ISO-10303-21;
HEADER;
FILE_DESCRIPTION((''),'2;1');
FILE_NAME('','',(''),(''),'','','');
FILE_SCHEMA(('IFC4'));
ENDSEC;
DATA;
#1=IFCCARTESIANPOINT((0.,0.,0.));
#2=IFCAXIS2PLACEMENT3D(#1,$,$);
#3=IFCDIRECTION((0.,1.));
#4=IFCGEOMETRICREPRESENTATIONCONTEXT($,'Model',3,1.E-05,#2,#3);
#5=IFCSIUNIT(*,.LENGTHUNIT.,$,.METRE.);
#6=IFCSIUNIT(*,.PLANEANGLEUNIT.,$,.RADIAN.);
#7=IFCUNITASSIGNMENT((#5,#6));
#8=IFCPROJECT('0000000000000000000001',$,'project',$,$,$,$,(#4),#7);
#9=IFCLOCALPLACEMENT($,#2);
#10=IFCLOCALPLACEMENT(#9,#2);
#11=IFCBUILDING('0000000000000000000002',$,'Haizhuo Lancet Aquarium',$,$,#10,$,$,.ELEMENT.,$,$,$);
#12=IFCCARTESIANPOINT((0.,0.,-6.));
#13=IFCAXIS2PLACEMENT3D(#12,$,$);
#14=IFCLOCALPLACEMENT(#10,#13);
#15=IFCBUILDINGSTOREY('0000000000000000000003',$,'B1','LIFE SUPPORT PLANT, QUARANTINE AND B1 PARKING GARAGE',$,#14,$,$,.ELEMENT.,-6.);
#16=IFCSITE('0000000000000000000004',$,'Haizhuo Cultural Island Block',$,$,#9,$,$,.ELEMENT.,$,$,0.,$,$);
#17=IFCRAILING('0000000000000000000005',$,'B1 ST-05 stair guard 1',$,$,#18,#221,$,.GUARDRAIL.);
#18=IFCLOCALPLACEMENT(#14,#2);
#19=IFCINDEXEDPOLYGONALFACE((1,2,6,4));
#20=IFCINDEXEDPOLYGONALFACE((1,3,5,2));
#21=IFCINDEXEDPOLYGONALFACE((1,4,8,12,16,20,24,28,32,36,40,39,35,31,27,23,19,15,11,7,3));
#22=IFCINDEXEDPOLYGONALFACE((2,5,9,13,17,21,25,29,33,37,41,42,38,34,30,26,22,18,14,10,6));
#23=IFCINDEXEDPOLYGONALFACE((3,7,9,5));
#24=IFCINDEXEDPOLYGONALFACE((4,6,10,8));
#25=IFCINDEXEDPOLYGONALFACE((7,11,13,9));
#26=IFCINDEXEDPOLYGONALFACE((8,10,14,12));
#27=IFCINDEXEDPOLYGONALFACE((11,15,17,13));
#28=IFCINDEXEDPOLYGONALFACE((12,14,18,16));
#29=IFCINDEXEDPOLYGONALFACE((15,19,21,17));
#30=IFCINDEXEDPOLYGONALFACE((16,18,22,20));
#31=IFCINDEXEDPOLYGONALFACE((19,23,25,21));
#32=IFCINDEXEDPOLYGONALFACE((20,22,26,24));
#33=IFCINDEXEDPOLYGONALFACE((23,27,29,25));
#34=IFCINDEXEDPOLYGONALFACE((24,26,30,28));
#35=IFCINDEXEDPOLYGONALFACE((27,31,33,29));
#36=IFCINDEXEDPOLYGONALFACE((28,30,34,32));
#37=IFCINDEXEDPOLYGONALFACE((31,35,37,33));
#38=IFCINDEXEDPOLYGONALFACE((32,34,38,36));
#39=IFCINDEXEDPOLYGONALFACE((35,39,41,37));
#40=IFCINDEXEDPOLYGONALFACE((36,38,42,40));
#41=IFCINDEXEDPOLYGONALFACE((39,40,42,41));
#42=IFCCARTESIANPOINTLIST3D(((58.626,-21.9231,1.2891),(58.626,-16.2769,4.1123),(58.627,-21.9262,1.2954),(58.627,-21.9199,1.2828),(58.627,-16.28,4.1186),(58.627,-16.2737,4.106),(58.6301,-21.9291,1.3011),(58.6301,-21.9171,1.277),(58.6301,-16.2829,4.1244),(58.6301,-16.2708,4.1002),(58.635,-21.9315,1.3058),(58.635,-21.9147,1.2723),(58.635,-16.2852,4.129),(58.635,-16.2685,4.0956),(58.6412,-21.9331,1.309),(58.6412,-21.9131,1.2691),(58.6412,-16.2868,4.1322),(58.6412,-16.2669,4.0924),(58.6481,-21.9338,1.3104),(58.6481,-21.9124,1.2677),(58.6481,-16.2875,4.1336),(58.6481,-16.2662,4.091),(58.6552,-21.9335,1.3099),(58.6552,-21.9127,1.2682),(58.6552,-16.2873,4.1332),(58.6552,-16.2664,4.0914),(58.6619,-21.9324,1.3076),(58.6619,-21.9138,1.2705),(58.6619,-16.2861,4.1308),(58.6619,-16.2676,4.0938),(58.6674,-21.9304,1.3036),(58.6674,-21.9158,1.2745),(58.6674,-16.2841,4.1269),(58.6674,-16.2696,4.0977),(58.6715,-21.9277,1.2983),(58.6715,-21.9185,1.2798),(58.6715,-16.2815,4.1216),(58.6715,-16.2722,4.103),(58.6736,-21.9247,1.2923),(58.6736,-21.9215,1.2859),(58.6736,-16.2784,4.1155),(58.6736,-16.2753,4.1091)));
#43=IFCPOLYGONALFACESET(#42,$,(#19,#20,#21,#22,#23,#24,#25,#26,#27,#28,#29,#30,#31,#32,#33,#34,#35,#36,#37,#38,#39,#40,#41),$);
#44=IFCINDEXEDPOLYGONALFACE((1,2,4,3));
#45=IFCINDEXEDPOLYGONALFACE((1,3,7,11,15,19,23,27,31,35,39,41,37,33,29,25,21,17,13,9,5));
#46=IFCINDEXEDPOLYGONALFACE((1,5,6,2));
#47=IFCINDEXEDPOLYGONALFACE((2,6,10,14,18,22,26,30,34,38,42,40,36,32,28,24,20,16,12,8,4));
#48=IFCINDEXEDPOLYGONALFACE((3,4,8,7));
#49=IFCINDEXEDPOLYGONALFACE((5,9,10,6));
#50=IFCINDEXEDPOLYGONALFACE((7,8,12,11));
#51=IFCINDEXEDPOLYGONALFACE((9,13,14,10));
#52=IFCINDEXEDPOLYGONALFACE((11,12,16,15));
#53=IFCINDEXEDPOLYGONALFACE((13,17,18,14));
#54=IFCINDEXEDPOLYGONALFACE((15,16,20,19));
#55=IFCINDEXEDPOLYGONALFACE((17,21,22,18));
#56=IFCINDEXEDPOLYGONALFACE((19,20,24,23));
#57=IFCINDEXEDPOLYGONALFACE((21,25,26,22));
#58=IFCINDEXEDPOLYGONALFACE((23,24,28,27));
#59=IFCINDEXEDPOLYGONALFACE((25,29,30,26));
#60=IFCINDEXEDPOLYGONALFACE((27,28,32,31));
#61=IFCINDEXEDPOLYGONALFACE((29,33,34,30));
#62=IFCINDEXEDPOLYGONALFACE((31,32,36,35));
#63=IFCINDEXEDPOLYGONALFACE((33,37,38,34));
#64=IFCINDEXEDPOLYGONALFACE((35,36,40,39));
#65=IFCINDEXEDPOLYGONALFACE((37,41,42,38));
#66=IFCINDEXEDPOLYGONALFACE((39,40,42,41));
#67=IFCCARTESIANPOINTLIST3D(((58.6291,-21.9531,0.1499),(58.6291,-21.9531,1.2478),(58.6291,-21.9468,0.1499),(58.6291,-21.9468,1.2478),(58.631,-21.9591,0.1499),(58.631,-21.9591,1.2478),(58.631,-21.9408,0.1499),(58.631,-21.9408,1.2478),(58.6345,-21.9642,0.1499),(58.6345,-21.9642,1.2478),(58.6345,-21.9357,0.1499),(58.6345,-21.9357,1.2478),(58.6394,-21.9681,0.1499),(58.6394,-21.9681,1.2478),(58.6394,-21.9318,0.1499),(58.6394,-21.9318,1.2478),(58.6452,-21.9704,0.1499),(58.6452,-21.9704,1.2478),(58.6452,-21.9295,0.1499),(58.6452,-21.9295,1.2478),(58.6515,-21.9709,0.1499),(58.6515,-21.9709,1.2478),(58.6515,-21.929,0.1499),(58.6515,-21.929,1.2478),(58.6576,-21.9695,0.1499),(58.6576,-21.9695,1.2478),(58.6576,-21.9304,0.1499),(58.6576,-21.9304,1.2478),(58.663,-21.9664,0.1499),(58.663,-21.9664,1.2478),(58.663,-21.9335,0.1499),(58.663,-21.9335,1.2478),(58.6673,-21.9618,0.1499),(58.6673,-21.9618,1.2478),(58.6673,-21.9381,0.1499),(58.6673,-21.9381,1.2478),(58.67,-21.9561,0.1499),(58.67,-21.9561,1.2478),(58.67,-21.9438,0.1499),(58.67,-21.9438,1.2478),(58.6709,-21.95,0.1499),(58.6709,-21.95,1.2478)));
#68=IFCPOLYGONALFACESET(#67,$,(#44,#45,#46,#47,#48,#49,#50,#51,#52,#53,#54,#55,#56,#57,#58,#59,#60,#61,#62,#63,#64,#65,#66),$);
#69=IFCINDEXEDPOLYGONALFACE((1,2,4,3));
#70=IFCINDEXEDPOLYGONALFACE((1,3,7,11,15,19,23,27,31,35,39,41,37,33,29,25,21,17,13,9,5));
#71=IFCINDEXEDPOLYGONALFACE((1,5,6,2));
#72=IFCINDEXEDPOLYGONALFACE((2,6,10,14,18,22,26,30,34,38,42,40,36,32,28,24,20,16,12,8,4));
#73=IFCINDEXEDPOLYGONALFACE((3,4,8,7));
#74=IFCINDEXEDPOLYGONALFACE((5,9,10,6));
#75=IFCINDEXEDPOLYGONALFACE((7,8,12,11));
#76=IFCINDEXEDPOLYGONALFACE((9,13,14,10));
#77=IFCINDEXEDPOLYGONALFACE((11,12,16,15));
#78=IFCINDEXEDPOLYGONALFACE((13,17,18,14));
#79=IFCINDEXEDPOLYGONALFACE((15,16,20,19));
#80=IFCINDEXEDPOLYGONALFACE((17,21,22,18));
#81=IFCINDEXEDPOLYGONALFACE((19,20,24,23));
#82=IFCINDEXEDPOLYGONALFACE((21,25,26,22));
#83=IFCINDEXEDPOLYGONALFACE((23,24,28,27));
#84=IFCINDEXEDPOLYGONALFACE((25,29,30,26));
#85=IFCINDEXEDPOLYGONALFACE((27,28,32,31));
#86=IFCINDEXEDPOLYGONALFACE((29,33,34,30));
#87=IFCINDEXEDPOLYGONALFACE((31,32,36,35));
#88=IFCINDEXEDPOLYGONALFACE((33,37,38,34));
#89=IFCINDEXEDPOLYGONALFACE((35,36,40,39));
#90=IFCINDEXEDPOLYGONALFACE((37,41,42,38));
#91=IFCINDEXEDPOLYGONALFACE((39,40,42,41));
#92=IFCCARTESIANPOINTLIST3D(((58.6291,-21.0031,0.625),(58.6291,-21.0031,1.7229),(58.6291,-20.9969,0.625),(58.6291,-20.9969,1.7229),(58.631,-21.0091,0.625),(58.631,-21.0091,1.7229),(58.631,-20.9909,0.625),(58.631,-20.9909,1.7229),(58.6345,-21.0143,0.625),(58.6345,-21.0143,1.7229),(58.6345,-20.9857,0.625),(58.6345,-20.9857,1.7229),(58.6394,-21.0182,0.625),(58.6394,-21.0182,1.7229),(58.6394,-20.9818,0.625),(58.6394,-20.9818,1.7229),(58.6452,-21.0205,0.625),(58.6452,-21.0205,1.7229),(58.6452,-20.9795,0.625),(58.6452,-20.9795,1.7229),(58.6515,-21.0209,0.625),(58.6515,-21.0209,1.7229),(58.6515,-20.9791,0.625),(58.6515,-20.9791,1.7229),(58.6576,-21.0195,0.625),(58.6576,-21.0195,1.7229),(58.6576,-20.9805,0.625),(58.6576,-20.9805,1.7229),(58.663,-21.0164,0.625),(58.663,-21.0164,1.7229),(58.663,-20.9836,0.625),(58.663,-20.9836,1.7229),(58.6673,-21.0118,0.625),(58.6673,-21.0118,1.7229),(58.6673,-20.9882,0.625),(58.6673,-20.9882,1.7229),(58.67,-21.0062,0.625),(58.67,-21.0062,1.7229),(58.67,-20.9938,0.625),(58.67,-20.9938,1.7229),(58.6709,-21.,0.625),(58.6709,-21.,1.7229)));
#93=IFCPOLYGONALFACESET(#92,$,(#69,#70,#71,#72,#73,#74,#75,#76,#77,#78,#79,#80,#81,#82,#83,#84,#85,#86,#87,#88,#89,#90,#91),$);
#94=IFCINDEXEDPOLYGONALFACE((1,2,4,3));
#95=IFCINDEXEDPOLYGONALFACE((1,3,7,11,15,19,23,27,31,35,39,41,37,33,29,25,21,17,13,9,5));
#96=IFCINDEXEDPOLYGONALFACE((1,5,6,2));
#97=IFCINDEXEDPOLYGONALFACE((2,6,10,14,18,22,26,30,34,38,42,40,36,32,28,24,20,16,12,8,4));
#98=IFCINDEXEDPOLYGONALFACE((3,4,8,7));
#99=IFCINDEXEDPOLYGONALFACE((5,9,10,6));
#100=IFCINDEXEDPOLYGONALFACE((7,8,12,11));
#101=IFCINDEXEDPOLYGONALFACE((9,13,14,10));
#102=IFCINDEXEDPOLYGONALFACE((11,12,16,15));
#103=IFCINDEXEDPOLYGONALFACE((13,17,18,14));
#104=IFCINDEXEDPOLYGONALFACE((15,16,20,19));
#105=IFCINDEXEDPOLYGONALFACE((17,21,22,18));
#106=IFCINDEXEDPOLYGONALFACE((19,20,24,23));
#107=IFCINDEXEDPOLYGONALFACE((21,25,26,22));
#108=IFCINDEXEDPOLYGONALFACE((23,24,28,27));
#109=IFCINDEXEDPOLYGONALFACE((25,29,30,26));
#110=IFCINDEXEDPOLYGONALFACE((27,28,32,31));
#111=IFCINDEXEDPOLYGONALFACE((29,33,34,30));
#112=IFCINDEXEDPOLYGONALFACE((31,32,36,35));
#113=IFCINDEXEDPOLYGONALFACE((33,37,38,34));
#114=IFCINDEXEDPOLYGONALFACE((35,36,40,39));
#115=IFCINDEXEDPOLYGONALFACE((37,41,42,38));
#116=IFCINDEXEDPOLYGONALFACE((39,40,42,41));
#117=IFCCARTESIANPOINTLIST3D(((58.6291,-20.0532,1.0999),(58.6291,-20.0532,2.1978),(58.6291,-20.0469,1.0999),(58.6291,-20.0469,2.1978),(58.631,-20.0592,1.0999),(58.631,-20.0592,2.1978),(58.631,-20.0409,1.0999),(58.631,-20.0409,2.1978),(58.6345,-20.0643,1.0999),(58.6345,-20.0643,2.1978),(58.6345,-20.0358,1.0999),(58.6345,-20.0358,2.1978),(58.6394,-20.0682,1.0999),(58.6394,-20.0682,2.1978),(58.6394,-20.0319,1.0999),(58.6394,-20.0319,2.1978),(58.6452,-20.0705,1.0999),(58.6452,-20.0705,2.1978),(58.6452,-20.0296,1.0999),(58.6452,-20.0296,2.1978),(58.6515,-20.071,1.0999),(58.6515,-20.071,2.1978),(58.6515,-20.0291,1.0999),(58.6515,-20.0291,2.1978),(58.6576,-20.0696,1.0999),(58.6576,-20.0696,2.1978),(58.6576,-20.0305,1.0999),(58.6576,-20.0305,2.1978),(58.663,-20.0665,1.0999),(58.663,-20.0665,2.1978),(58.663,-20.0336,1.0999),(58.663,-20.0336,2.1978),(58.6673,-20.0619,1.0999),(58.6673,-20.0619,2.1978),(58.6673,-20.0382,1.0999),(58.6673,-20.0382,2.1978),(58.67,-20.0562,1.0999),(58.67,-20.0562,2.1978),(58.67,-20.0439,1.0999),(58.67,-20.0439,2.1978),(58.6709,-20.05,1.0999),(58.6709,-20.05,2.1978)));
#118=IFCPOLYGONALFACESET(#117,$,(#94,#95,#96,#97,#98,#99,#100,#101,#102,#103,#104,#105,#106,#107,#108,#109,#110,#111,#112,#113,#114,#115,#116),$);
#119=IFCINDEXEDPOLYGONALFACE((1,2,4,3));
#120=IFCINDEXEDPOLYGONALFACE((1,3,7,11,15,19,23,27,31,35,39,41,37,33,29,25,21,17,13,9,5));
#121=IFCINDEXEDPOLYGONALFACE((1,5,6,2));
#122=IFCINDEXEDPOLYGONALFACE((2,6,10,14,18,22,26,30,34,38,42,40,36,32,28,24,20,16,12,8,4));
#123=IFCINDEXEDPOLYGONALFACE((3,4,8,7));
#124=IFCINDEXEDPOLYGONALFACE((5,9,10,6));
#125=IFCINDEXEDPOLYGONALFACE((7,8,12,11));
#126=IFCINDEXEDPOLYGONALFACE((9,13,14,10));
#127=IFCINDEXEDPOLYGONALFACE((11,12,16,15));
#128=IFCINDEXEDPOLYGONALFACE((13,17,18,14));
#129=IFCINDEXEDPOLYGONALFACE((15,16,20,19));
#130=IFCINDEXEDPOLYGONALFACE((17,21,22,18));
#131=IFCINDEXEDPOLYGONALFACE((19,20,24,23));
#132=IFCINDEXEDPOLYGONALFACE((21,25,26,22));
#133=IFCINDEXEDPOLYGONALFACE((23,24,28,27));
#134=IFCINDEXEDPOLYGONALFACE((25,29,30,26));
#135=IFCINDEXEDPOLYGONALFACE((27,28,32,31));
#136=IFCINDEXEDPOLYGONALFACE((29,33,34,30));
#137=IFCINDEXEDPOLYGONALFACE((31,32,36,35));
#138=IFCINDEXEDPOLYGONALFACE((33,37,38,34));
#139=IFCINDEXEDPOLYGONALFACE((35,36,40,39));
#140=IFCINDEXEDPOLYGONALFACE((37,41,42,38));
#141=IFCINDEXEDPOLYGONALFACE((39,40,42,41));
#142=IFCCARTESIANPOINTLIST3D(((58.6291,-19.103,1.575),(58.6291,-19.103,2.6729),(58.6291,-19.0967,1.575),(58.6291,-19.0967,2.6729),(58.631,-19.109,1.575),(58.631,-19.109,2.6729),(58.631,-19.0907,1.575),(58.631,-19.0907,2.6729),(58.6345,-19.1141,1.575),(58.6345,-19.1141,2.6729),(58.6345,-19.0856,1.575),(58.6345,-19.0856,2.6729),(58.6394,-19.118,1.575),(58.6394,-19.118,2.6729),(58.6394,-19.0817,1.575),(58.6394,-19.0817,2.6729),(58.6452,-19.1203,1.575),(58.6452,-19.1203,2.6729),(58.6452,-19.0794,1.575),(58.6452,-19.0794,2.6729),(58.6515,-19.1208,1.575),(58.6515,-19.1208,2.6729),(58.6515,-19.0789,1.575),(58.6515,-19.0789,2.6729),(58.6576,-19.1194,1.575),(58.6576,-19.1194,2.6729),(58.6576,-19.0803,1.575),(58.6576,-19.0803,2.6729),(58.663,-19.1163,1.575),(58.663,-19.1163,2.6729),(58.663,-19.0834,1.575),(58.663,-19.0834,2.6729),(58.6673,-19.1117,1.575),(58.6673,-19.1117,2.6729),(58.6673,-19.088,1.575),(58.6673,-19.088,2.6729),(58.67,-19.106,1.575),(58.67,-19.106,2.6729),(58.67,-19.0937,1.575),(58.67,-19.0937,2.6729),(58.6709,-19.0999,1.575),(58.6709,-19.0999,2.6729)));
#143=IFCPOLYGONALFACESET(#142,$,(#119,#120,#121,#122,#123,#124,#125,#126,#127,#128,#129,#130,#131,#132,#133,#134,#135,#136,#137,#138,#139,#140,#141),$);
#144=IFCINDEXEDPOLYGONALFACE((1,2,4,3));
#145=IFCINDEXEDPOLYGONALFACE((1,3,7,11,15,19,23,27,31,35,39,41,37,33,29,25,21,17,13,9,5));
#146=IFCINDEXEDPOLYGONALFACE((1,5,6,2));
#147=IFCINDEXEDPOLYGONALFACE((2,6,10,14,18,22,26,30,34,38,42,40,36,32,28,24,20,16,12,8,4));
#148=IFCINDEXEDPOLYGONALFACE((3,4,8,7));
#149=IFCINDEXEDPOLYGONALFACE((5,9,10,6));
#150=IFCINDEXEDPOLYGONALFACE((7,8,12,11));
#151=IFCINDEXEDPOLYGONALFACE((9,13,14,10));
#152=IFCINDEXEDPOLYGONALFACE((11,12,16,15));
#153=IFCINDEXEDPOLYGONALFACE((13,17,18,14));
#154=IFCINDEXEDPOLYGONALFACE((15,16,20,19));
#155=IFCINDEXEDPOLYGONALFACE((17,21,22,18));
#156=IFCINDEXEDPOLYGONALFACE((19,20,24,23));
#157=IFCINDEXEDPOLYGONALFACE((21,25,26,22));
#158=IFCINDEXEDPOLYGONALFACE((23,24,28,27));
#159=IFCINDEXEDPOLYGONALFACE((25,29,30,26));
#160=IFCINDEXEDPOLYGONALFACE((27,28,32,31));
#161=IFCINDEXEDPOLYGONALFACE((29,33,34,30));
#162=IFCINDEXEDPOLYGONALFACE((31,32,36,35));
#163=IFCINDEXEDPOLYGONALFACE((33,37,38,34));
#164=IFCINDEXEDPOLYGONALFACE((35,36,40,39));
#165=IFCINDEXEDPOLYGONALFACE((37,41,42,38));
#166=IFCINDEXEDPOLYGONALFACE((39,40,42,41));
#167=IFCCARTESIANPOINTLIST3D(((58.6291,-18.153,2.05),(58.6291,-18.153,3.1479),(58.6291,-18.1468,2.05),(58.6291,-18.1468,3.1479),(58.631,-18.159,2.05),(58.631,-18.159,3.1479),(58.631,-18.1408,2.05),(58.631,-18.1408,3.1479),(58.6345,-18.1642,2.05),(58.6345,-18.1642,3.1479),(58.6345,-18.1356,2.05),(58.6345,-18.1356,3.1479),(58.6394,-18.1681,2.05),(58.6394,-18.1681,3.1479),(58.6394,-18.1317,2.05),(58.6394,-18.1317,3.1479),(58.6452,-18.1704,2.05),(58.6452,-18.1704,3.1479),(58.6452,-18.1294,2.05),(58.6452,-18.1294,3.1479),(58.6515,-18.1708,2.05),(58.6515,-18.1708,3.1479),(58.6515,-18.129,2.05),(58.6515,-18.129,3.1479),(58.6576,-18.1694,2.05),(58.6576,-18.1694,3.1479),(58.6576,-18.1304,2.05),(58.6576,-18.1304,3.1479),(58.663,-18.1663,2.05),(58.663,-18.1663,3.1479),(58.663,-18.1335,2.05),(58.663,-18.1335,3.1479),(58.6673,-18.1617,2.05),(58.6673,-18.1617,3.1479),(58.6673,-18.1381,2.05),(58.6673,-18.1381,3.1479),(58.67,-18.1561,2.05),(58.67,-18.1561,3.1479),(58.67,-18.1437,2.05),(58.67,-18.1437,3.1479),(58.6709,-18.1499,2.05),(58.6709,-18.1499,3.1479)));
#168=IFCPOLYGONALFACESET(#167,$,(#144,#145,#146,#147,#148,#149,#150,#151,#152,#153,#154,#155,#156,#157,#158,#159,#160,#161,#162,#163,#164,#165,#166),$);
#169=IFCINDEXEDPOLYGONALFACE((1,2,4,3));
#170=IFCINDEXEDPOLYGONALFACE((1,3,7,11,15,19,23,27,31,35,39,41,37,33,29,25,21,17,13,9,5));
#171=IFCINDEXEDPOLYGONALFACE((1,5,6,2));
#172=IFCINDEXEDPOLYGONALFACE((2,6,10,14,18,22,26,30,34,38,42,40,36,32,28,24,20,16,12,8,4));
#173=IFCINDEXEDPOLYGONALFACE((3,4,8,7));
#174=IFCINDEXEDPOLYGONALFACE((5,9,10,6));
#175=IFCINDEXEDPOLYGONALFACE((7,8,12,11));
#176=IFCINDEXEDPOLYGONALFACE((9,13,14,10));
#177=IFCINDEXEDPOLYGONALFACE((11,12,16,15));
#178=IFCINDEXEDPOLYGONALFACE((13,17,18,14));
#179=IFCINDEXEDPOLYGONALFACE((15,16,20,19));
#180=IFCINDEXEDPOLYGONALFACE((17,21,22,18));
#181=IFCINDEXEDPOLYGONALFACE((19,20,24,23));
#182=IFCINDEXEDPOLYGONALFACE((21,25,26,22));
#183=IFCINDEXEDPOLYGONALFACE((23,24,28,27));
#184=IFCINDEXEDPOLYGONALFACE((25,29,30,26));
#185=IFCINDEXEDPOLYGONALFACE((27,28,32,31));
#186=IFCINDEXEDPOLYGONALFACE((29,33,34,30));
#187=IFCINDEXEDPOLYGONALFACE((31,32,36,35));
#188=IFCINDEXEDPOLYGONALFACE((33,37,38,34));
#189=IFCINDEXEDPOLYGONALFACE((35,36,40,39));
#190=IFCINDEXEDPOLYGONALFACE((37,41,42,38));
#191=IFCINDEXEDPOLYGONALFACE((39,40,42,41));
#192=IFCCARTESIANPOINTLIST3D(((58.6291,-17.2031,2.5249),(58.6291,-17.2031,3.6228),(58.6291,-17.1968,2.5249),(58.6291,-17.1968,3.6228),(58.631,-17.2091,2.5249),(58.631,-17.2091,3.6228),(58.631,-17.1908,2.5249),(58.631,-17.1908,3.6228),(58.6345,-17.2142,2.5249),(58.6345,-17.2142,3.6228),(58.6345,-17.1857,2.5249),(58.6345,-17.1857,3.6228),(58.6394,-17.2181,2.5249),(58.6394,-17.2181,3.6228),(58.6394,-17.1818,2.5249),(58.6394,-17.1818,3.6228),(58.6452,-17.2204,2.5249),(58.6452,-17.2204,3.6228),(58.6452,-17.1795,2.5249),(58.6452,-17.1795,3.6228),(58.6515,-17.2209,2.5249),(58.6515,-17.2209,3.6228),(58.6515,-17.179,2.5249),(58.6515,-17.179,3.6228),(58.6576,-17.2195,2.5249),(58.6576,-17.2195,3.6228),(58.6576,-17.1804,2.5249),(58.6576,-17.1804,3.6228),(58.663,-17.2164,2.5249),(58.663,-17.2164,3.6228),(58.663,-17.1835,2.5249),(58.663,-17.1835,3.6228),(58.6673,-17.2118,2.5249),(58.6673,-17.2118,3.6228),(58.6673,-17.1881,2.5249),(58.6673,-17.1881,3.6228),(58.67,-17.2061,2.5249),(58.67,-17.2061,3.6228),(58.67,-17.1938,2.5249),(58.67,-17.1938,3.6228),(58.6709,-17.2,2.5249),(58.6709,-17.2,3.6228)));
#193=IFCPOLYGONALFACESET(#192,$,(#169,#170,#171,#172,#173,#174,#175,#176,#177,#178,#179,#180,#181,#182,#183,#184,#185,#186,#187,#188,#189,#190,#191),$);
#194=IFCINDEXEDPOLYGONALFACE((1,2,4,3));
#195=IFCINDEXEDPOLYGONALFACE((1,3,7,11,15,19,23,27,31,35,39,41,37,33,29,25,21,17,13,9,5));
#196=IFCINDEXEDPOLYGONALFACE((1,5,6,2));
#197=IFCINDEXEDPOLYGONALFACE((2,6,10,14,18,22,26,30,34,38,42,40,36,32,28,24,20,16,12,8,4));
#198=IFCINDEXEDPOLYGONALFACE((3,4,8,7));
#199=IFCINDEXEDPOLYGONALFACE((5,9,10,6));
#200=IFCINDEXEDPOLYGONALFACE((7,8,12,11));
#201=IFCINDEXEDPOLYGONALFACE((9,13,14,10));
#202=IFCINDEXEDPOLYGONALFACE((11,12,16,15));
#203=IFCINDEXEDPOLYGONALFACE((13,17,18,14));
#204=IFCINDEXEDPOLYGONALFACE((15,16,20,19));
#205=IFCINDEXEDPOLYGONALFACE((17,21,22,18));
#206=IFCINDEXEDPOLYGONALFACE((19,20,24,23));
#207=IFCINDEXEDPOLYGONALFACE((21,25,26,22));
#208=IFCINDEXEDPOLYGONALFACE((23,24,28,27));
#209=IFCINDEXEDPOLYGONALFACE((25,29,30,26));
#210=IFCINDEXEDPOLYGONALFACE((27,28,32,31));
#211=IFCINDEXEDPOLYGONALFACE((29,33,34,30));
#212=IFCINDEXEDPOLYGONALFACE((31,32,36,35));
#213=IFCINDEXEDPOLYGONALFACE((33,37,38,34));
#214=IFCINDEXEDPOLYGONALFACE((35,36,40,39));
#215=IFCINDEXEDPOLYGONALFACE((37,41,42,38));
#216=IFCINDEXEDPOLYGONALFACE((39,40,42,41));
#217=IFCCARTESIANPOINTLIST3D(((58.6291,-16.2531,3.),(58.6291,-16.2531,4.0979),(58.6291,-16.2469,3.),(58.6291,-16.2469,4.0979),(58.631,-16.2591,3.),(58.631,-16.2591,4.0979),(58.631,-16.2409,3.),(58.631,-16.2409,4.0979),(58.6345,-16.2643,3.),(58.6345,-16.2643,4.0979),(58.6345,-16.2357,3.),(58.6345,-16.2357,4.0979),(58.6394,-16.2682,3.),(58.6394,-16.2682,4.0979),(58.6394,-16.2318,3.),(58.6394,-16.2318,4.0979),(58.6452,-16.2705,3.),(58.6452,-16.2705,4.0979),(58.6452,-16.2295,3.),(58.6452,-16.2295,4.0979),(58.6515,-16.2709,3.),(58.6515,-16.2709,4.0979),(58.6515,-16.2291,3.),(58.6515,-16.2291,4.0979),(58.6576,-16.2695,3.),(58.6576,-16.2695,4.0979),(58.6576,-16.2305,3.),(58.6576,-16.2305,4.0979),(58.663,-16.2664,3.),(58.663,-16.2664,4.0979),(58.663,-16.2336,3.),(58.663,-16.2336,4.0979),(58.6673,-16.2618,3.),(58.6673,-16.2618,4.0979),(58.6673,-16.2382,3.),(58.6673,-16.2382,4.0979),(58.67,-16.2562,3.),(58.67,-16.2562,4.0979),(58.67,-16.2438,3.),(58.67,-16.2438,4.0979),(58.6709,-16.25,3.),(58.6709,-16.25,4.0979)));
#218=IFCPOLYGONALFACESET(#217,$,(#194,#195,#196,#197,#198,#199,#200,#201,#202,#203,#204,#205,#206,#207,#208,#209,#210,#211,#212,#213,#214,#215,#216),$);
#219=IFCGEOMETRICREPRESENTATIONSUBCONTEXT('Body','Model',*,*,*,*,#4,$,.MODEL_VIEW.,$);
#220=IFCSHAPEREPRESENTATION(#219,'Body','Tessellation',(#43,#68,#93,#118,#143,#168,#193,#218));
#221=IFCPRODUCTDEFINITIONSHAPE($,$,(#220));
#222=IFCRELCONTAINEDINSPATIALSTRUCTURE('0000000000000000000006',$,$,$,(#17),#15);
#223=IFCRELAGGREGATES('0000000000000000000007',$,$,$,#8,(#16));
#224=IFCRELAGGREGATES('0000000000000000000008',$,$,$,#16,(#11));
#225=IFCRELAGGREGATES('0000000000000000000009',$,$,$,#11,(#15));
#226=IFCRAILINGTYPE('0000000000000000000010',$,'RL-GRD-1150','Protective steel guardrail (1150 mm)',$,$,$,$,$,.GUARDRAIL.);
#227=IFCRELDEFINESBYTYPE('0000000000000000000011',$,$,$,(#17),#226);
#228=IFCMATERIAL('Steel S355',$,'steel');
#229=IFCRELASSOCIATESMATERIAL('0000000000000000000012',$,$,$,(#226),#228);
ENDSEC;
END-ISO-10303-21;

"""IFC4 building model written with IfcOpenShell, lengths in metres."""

from ifc_helpers import new_model, si_unit, direction, frame, origin, origin_2d, place, context, subcontext, project, spatial, circle, extrude, material, type_object, element, save


model = new_model("IFC4")

# Units and contexts
model_context = context("Model", 3, precision=1e-05, world=origin(), true_north=direction((0.0, 1.0)))
body_context = subcontext(model_context, "Body", "Model", "MODEL_VIEW")
ifc_project = project(units=[si_unit("LENGTHUNIT", "METRE"), si_unit("PLANEANGLEUNIT", "RADIAN")], contexts=[model_context])

# Site, building, storey
site_placement = place(None, origin())
site = spatial("IfcSite", under=ifc_project, at=site_placement, Name="Haizhuo Cultural Island Block", CompositionType="ELEMENT", RefElevation=0.0)
building_placement = place(site_placement, origin())
building = spatial("IfcBuilding", under=site, at=building_placement, Name="Haizhuo Lancet Aquarium", CompositionType="ELEMENT")
storey_placement = place(building_placement, frame((0.0, 0.0, -6.0)))
storey = spatial("IfcBuildingStorey", under=building, at=storey_placement, Name="B1", Description="LIFE SUPPORT PLANT, QUARANTINE AND B1 PARKING GARAGE", CompositionType="ELEMENT", Elevation=-6.0)

# Shared definitions
ifc_material_1 = material(Name="Steel S355", Category="steel")

# Railing
railing_type_1 = type_object("IfcRailingType", Name="RL-GRD-1150", Description="Protective steel guardrail (1150 mm)", PredefinedType="GUARDRAIL", material=ifc_material_1)
railing_1_placement = place(storey_placement, frame((58.6499, -21.95, 0.1499)))
element("IfcRailing", 1, at=railing_1_placement, inside=storey, type_object=railing_type_1, Name="B1 ST-05 stair guard 1", PredefinedType="GUARDRAIL", context=body_context, shape_type="SweptSolid", body=[
    extrude(circle(Radius=0.0239, at=origin_2d()), frame((0.0, 0.0269, 1.1392), z_axis=(0.0, 0.89442, 0.447229), x_axis=(-1.0, 0.0, 0.0)), (0.0, 0.0, 1.0), 6.3127),
    extrude(circle(Radius=0.021, at=origin_2d()), origin(), (0.0, 0.0, 1.0), 1.0979),
    extrude(circle(Radius=0.021, at=origin_2d()), frame((0.0, 0.95, 0.4751)), (0.0, 0.0, 1.0), 1.0979),
    extrude(circle(Radius=0.021, at=origin_2d()), frame((0.0, 1.8999, 0.95)), (0.0, 0.0, 1.0), 1.0979),
    extrude(circle(Radius=0.021, at=origin_2d()), frame((0.0, 2.8501, 1.425)), (0.0, 0.0, 1.0), 1.0979),
    extrude(circle(Radius=0.021, at=origin_2d()), frame((0.0, 3.8, 1.9001)), (0.0, 0.0, 1.0), 1.0979),
    extrude(circle(Radius=0.021, at=origin_2d()), frame((0.0, 4.75, 2.375)), (0.0, 0.0, 1.0), 1.0979),
    extrude(circle(Radius=0.021, at=origin_2d()), frame((0.0, 5.7, 2.8501)), (0.0, 0.0, 1.0), 1.0979),
])

save(model, "model.ifc")
